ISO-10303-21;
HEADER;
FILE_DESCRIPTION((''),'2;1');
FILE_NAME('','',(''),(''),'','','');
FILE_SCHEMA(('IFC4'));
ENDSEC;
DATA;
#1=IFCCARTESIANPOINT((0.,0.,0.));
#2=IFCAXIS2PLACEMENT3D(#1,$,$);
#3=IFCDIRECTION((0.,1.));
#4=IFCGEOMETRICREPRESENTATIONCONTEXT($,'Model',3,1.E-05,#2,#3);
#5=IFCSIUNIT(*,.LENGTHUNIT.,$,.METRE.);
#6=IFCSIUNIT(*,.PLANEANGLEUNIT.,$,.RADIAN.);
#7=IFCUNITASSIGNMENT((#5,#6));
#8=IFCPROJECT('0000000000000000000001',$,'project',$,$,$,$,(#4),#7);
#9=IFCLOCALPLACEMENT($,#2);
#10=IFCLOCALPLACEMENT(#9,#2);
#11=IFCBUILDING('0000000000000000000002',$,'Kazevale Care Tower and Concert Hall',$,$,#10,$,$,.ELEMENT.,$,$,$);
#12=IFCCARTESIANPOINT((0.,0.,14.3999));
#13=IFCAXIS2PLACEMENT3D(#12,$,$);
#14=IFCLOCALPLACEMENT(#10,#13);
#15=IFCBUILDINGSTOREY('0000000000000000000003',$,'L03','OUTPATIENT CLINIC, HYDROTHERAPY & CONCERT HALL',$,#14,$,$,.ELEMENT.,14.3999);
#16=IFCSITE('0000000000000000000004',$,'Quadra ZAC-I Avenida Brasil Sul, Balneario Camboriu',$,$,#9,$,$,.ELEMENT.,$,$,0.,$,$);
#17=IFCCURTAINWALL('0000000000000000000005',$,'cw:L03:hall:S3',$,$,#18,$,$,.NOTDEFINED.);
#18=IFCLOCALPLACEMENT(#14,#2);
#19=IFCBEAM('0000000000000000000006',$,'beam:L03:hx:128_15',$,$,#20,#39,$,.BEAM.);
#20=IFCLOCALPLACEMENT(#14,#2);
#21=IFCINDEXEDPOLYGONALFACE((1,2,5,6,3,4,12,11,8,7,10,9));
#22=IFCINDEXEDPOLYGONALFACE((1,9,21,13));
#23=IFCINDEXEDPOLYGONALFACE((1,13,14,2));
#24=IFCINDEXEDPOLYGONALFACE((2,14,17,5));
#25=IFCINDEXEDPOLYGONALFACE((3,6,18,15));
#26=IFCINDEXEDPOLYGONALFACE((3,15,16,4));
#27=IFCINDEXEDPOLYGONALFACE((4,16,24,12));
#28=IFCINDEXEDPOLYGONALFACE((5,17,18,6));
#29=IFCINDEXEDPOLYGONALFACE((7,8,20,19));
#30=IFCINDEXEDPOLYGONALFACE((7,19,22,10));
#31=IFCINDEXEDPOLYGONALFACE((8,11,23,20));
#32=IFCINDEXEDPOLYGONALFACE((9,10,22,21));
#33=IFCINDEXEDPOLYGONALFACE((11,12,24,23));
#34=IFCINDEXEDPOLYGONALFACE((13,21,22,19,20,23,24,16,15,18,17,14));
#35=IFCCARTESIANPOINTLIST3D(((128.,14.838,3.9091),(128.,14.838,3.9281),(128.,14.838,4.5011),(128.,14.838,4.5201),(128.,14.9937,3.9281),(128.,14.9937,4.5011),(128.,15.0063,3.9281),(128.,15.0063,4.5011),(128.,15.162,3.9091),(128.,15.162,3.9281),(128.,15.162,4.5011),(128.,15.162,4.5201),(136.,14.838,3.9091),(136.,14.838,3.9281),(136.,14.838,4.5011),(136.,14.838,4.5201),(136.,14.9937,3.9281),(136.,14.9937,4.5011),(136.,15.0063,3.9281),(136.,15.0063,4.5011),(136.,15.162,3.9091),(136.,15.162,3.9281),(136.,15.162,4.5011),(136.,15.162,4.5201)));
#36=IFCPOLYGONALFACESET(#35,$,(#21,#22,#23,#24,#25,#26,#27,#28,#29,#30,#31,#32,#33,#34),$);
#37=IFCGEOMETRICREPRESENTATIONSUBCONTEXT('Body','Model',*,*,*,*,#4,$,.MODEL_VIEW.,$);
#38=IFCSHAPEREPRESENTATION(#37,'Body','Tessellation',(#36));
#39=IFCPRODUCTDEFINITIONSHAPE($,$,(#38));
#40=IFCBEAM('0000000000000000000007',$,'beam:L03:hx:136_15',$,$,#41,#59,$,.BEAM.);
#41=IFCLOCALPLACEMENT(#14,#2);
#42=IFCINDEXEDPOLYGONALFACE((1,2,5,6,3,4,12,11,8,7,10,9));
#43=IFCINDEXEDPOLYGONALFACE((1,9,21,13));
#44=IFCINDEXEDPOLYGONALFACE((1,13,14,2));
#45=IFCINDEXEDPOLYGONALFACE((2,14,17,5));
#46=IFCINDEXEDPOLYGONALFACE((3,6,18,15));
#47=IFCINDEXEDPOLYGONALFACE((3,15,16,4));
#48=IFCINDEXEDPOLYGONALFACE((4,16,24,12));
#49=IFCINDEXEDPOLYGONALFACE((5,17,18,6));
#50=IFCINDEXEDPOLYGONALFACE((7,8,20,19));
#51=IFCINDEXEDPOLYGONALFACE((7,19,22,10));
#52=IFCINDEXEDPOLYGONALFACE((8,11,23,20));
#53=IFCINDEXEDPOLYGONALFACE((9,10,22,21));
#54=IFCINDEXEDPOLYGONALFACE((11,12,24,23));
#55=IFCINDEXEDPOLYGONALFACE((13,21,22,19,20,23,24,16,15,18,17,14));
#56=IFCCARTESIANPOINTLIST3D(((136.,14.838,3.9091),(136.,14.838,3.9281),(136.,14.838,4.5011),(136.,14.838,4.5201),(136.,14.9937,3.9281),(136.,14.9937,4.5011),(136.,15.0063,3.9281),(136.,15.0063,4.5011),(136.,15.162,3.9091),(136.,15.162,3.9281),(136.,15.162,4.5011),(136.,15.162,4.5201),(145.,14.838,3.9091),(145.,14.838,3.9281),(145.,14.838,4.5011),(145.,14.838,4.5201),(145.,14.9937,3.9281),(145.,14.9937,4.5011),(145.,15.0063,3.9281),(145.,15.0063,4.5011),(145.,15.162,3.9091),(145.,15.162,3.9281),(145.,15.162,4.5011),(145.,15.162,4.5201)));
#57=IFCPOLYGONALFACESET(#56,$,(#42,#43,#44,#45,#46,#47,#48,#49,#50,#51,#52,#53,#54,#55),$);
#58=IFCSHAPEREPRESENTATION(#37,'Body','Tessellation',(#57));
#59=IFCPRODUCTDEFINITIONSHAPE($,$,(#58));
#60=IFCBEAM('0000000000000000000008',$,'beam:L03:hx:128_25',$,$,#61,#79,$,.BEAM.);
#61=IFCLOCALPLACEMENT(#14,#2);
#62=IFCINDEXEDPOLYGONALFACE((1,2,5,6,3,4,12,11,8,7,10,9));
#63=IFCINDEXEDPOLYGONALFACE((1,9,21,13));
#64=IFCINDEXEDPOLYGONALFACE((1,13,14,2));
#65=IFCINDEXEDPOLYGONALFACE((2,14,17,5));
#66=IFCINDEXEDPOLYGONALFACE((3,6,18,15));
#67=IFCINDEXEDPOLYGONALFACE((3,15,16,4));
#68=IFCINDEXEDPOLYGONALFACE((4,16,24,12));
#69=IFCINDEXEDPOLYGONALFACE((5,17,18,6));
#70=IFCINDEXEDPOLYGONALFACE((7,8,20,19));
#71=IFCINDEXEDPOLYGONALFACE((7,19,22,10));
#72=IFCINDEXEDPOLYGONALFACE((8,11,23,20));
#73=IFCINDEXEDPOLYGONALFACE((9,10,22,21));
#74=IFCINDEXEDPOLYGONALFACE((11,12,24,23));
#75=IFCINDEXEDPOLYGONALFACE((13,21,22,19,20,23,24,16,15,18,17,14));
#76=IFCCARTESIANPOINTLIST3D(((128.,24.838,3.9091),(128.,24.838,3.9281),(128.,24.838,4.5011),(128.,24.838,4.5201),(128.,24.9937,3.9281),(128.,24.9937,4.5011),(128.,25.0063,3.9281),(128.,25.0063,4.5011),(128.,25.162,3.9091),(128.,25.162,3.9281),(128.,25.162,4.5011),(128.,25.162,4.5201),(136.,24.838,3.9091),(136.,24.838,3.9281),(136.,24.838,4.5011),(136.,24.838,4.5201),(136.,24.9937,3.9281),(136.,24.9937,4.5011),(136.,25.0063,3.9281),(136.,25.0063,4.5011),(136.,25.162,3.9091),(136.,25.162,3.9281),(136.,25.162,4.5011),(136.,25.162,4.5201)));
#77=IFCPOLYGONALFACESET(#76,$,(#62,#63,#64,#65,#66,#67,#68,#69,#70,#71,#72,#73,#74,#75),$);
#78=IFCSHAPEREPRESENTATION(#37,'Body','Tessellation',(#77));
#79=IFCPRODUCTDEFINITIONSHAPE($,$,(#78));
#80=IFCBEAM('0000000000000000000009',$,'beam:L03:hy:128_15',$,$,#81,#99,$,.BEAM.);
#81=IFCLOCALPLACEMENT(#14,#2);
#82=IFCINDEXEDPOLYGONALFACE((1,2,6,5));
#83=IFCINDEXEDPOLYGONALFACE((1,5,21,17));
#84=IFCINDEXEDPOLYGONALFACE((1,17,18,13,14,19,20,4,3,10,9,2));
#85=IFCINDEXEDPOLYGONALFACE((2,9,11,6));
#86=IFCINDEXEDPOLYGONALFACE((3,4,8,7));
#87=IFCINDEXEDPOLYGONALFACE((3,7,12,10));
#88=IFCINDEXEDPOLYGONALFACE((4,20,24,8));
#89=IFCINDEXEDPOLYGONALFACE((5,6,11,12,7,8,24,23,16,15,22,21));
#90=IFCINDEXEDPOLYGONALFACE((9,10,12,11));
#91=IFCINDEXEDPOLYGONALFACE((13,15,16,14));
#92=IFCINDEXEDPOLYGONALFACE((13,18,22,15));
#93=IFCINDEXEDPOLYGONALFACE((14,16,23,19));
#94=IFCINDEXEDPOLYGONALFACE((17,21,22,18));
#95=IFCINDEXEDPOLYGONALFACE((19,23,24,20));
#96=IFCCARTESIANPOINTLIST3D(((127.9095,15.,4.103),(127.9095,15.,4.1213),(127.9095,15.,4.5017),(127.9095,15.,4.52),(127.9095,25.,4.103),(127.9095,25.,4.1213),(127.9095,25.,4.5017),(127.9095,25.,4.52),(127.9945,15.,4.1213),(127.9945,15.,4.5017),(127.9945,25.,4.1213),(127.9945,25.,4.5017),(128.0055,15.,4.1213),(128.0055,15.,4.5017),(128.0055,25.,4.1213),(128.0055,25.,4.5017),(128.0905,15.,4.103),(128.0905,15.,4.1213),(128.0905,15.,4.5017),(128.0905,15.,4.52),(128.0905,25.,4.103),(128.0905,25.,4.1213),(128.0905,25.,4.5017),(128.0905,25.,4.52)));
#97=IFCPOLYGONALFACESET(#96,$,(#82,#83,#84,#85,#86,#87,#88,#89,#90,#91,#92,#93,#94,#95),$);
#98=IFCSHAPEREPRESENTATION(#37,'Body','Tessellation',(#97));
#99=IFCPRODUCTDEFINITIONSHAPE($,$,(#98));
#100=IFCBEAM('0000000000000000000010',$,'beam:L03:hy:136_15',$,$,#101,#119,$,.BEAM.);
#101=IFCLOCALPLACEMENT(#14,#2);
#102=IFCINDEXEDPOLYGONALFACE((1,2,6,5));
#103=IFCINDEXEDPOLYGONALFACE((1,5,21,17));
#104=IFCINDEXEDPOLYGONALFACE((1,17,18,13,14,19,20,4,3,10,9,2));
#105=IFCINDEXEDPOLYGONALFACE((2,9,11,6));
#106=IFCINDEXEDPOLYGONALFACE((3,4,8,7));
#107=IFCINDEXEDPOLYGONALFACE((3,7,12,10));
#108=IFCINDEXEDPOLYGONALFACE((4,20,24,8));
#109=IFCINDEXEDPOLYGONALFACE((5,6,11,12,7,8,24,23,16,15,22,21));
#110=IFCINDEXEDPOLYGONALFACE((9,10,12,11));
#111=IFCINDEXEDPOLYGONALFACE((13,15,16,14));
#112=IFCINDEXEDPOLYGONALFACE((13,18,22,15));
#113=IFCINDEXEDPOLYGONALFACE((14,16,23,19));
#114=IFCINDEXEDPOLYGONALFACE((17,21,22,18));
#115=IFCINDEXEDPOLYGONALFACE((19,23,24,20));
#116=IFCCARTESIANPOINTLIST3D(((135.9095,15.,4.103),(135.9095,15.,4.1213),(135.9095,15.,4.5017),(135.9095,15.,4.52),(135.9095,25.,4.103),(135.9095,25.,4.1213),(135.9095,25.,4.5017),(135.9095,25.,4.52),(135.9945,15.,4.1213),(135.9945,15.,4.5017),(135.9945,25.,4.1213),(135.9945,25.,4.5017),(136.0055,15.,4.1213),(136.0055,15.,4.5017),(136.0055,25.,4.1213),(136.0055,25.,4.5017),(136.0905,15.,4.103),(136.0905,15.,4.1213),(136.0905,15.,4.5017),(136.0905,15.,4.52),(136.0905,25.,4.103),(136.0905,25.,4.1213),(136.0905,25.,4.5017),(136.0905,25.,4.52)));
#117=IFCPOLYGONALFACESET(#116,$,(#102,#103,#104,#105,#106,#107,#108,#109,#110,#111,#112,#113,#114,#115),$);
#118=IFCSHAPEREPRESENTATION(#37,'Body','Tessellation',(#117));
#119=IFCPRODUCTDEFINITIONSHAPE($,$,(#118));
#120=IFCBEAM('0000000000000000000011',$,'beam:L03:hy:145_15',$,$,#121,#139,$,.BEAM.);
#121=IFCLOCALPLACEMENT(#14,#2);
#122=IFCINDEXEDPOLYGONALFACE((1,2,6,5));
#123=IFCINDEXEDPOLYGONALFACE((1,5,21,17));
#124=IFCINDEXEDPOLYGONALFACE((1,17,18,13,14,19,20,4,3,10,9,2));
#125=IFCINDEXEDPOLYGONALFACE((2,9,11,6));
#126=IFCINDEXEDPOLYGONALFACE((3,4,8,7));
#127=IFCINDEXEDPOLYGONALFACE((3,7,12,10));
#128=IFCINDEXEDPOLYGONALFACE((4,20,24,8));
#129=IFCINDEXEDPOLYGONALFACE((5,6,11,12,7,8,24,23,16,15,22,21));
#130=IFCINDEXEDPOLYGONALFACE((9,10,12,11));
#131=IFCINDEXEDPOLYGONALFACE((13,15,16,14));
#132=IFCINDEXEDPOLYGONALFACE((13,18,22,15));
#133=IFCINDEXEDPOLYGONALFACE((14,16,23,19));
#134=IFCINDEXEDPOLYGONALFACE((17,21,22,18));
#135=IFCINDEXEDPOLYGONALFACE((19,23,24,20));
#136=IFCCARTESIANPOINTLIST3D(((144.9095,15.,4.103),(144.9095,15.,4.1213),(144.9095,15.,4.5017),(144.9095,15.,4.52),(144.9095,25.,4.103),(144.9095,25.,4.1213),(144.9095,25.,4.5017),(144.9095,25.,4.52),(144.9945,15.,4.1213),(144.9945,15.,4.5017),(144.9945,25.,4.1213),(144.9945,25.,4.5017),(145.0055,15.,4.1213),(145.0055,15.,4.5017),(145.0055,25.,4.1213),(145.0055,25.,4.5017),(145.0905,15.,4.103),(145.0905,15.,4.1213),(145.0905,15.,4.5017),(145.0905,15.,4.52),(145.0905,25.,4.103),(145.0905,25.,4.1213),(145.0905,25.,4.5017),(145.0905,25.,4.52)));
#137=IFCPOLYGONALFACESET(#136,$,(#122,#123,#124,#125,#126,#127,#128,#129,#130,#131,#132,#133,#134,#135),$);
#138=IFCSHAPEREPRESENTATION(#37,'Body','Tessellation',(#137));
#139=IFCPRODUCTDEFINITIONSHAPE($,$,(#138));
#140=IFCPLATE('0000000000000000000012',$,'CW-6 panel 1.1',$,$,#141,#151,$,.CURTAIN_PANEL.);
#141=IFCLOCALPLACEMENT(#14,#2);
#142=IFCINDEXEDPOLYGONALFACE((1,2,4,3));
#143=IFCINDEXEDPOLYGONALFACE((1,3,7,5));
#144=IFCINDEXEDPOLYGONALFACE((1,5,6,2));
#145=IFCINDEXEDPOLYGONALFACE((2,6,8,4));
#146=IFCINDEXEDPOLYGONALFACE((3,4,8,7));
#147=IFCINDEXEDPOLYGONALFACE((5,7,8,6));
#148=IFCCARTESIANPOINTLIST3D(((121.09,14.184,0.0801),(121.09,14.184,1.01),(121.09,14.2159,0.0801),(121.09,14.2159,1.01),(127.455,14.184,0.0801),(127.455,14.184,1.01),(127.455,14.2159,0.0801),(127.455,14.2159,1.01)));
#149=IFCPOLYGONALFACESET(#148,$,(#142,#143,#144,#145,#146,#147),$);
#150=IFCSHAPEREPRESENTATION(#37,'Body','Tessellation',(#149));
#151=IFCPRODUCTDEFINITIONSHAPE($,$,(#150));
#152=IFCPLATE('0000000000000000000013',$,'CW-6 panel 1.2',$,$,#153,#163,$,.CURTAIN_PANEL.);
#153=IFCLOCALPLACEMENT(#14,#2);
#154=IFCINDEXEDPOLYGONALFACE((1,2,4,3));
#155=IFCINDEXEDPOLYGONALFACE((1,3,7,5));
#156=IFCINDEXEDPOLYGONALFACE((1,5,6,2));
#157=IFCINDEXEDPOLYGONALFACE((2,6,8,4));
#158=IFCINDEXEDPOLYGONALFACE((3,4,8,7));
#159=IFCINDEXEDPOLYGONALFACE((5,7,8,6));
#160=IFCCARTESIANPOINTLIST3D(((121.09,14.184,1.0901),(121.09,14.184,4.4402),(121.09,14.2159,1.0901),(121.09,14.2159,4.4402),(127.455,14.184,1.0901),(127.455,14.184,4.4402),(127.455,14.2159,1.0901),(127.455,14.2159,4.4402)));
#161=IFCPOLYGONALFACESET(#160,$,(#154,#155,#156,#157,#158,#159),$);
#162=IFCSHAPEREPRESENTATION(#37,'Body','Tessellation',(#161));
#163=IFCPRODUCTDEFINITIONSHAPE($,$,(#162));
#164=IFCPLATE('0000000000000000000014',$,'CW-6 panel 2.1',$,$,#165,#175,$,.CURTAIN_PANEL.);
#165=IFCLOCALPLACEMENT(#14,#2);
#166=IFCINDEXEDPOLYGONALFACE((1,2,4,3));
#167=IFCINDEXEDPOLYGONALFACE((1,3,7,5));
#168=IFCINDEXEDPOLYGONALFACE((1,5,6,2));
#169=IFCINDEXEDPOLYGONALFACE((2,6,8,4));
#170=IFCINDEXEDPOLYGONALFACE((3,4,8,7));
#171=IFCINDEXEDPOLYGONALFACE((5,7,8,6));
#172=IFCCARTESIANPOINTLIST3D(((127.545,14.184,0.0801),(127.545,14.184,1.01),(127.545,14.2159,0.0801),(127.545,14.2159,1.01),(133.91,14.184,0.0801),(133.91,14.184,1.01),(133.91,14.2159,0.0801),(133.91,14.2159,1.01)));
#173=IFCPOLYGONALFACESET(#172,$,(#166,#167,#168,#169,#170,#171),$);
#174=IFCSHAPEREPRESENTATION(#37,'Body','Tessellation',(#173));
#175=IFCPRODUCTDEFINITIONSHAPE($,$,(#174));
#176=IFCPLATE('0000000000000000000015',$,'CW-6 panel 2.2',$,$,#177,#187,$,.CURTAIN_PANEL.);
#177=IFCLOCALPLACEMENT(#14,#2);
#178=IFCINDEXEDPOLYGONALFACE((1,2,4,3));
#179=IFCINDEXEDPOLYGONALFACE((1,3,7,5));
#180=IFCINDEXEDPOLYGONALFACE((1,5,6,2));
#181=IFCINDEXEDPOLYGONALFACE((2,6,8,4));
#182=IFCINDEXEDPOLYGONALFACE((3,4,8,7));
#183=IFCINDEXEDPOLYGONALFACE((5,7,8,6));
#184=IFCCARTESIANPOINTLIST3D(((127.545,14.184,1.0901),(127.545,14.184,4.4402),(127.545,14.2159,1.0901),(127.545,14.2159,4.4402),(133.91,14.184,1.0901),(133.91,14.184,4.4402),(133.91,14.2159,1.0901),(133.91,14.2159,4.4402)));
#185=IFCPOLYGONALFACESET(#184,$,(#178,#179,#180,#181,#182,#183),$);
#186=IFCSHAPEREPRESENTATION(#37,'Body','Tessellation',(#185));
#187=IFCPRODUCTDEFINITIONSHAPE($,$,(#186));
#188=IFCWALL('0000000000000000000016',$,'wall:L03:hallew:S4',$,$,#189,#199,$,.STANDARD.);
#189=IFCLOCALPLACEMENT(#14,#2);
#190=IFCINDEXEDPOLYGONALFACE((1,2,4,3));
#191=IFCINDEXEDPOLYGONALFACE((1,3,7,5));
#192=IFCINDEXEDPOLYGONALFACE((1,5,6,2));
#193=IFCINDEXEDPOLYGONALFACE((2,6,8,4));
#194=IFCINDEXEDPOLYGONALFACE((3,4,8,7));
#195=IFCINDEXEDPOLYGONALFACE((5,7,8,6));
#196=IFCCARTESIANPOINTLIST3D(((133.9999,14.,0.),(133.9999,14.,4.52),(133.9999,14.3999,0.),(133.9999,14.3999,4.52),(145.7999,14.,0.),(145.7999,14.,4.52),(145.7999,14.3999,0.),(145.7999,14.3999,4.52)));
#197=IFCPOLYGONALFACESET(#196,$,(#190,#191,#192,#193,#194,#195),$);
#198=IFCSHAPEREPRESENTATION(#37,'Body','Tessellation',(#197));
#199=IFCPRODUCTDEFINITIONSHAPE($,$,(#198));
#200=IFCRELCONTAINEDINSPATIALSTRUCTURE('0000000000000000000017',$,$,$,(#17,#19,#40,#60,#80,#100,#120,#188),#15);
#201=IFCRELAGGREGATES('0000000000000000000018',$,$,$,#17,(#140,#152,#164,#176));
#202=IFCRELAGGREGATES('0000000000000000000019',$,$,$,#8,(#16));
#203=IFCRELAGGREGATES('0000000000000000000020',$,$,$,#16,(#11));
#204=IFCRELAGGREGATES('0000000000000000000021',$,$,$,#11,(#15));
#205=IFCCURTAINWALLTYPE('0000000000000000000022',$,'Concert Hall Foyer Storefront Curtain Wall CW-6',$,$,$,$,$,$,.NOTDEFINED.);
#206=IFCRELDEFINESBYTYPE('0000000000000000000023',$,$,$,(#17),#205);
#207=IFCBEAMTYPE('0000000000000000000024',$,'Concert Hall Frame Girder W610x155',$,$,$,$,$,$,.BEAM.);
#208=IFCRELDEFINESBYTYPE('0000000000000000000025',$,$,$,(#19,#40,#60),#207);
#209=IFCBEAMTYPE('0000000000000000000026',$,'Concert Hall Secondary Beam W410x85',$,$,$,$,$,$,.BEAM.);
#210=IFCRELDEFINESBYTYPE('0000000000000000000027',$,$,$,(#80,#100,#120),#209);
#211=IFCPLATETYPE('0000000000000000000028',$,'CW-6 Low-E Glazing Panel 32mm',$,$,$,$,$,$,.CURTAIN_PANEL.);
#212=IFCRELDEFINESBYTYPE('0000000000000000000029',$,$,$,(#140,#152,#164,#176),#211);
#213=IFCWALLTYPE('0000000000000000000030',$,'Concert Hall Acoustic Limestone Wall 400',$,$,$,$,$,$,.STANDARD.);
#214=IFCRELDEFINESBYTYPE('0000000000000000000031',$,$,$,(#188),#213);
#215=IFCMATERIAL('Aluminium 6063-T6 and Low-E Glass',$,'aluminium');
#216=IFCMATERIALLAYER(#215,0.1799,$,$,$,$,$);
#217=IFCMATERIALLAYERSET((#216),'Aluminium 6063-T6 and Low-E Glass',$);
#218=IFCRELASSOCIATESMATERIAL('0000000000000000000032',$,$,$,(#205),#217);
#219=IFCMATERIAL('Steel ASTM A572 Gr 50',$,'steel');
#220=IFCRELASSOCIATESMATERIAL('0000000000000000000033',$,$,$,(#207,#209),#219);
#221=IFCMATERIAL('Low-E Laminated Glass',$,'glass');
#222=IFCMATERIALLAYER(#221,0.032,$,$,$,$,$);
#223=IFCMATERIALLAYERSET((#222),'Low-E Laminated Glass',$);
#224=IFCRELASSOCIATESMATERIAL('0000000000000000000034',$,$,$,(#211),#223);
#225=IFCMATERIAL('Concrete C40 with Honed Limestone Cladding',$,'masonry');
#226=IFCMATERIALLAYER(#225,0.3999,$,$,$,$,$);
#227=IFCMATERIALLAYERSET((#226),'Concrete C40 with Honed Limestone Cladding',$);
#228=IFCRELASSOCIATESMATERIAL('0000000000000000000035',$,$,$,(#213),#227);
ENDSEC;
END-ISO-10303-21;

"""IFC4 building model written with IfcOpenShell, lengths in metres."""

from ifc_helpers import new_model, si_unit, direction, frame, frame_2d, origin, origin_2d, place, context, subcontext, project, spatial, rectangle, i_section, extrude, material, layer, layer_set, material_profile, profile_set, type_object, element, aggregate, save


model = new_model("IFC4")

# Units and contexts
model_context = context("Model", 3, precision=1e-05, world=origin(), true_north=direction((0.0, 1.0)))
body_context = subcontext(model_context, "Body", "Model", "MODEL_VIEW")
ifc_project = project(units=[si_unit("LENGTHUNIT", "METRE"), si_unit("PLANEANGLEUNIT", "RADIAN")], contexts=[model_context])

# Site, building, storey
site_placement = place(None, origin())
site = spatial("IfcSite", under=ifc_project, at=site_placement, Name="Quadra ZAC-I Avenida Brasil Sul, Balneario Camboriu", CompositionType="ELEMENT", RefElevation=0.0)
building_placement = place(site_placement, origin())
building = spatial("IfcBuilding", under=site, at=building_placement, Name="Kazevale Care Tower and Concert Hall", CompositionType="ELEMENT")
storey_placement = place(building_placement, frame((0.0, 0.0, 14.3999)))
storey = spatial("IfcBuildingStorey", under=building, at=storey_placement, Name="L03", Description="OUTPATIENT CLINIC, HYDROTHERAPY & CONCERT HALL", CompositionType="ELEMENT", Elevation=14.3999)

# Curtain wall
ifc_material_1 = material(Name="Aluminium 6063-T6 and Low-E Glass", Category="aluminium")
ifc_layer_1 = layer(ifc_material_1, 0.1799)
ifc_layer_set_1 = layer_set([ifc_layer_1], Name="Aluminium 6063-T6 and Low-E Glass")
curtain_wall_type = type_object("IfcCurtainWallType", Name="Concert Hall Foyer Storefront Curtain Wall CW-6", PredefinedType="NOTDEFINED", material=ifc_layer_set_1)
curtain_wall_placement = place(storey_placement, origin())
curtain_wall = element("IfcCurtainWall", 1, at=curtain_wall_placement, inside=storey, type_object=curtain_wall_type, Name="cw:L03:hall:S3", PredefinedType="NOTDEFINED")

# Beams
ifc_material_2 = material(Name="Steel ASTM A572 Gr 50", Category="steel")
ifc_material_profile_1 = material_profile(ifc_material_2, i_section(OverallWidth=0.324, OverallDepth=0.6111, WebThickness=0.0127, FlangeThickness=0.019, at=origin_2d()), Name="W610x155")
ifc_profile_set_1 = profile_set([ifc_material_profile_1], Name="Steel ASTM A572 Gr 50")
beam_type_1 = type_object("IfcBeamType", Name="Concert Hall Frame Girder W610x155", PredefinedType="BEAM", material=ifc_profile_set_1)
beam_1_placement = place(storey_placement, frame((128.0, 15.0, 4.2146), z_axis=(1.0, 0.0, 0.0), x_axis=(0.0, 1.0, 0.0)))
element("IfcBeam", 2, at=beam_1_placement, inside=storey, type_object=beam_type_1, Name="beam:L03:hx:128_15", PredefinedType="BEAM", context=body_context, shape_type="SweptSolid", body=[
    extrude(i_section(OverallWidth=0.324, OverallDepth=0.6111, WebThickness=0.0127, FlangeThickness=0.019, at=origin_2d()), origin(), (0.0, 0.0, 1.0), 8.0),
])
beam_2_placement = place(storey_placement, frame((136.0, 15.0, 4.2146), z_axis=(1.0, 0.0, 0.0), x_axis=(0.0, 1.0, 0.0)))
element("IfcBeam", 3, at=beam_2_placement, inside=storey, type_object=beam_type_1, Name="beam:L03:hx:136_15", PredefinedType="BEAM", context=body_context, shape_type="SweptSolid", body=[
    extrude(i_section(OverallWidth=0.324, OverallDepth=0.6111, WebThickness=0.0127, FlangeThickness=0.019, at=origin_2d()), origin(), (0.0, 0.0, 1.0), 9.0),
])
beam_3_placement = place(storey_placement, frame((128.0, 25.0, 4.2146), z_axis=(1.0, 0.0, 0.0), x_axis=(0.0, 1.0, 0.0)))
element("IfcBeam", 4, at=beam_3_placement, inside=storey, type_object=beam_type_1, Name="beam:L03:hx:128_25", PredefinedType="BEAM", context=body_context, shape_type="SweptSolid", body=[
    extrude(i_section(OverallWidth=0.324, OverallDepth=0.6111, WebThickness=0.0127, FlangeThickness=0.019, at=origin_2d()), origin(), (0.0, 0.0, 1.0), 8.0),
])
ifc_material_profile_2 = material_profile(ifc_material_2, i_section(OverallWidth=0.1809, OverallDepth=0.417, WebThickness=0.011, FlangeThickness=0.0183, at=origin_2d()), Name="W410x85")
ifc_profile_set_2 = profile_set([ifc_material_profile_2], Name="Steel ASTM A572 Gr 50")
beam_type_2 = type_object("IfcBeamType", Name="Concert Hall Secondary Beam W410x85", PredefinedType="BEAM", material=ifc_profile_set_2)
for number, where, z_axis, x_axis, name in (
    (5, (128.0, 15.0, 4.3115), (0.0, 1.0, 0.0), (-1.0, 0.0, 0.0), "beam:L03:hy:128_15"),
    (6, (136.0, 15.0, 4.3115), (0.0, 1.0, 0.0), (-1.0, 0.0, 0.0), "beam:L03:hy:136_15"),
    (7, (145.0, 15.0, 4.3115), (0.0, 1.0, 0.0), (-1.0, 0.0, 0.0), "beam:L03:hy:145_15"),
):
    element("IfcBeam", number, at=place(storey_placement, frame(where, z_axis=z_axis, x_axis=x_axis)), inside=storey, type_object=beam_type_2, Name=name, PredefinedType="BEAM", context=body_context, shape_type="SweptSolid", body=[
        extrude(i_section(OverallWidth=0.1809, OverallDepth=0.417, WebThickness=0.011, FlangeThickness=0.0183, at=origin_2d()), origin(), (0.0, 0.0, 1.0), 10.0),
    ])

# Plates
ifc_material_3 = material(Name="Low-E Laminated Glass", Category="glass")
ifc_layer_2 = layer(ifc_material_3, 0.032)
ifc_layer_set_2 = layer_set([ifc_layer_2], Name="Low-E Laminated Glass")
plate_type = type_object("IfcPlateType", Name="CW-6 Low-E Glazing Panel 32mm", PredefinedType="CURTAIN_PANEL", material=ifc_layer_set_2)
plate_1_placement = place(storey_placement, frame((124.2725, 14.2, 0.0801), z_axis=(0.0, 0.0, 1.0), x_axis=(1.0, 0.0, 0.0)))
plate_1 = element("IfcPlate", 8, at=plate_1_placement, type_object=plate_type, Name="CW-6 panel 1.1", PredefinedType="CURTAIN_PANEL", context=body_context, shape_type="SweptSolid", body=[
    extrude(rectangle(XDim=6.365, YDim=0.032, at=origin_2d()), origin(), (0.0, 0.0, 1.0), 0.9299),
])
plate_2_placement = place(storey_placement, frame((124.2725, 14.2, 1.0901), z_axis=(0.0, 0.0, 1.0), x_axis=(1.0, 0.0, 0.0)))
plate_2 = element("IfcPlate", 9, at=plate_2_placement, type_object=plate_type, Name="CW-6 panel 1.2", PredefinedType="CURTAIN_PANEL", context=body_context, shape_type="SweptSolid", body=[
    extrude(rectangle(XDim=6.365, YDim=0.032, at=origin_2d()), origin(), (0.0, 0.0, 1.0), 3.3501),
])
plate_3_placement = place(storey_placement, frame((130.7275, 14.2, 0.0801), z_axis=(0.0, 0.0, 1.0), x_axis=(1.0, 0.0, 0.0)))
plate_3 = element("IfcPlate", 10, at=plate_3_placement, type_object=plate_type, Name="CW-6 panel 2.1", PredefinedType="CURTAIN_PANEL", context=body_context, shape_type="SweptSolid", body=[
    extrude(rectangle(XDim=6.365, YDim=0.032, at=origin_2d()), origin(), (0.0, 0.0, 1.0), 0.9299),
])
plate_4_placement = place(storey_placement, frame((130.7275, 14.2, 1.0901), z_axis=(0.0, 0.0, 1.0), x_axis=(1.0, 0.0, 0.0)))
plate_4 = element("IfcPlate", 11, at=plate_4_placement, type_object=plate_type, Name="CW-6 panel 2.2", PredefinedType="CURTAIN_PANEL", context=body_context, shape_type="SweptSolid", body=[
    extrude(rectangle(XDim=6.365, YDim=0.032, at=origin_2d()), origin(), (0.0, 0.0, 1.0), 3.3501),
])
aggregate(curtain_wall, [plate_1, plate_2, plate_3, plate_4])

# Wall
ifc_material_4 = material(Name="Concrete C40 with Honed Limestone Cladding", Category="masonry")
ifc_layer_3 = layer(ifc_material_4, 0.3999)
ifc_layer_set_3 = layer_set([ifc_layer_3], Name="Concrete C40 with Honed Limestone Cladding")
wall_type_1 = type_object("IfcWallType", Name="Concert Hall Acoustic Limestone Wall 400", PredefinedType="STANDARD", material=ifc_layer_set_3)
wall_1_placement = place(storey_placement, frame((134.0, 14.2, 0.0), z_axis=(0.0, 0.0, 1.0), x_axis=(1.0, 0.0, 0.0)))
element("IfcWall", 12, at=wall_1_placement, inside=storey, type_object=wall_type_1, Name="wall:L03:hallew:S4", PredefinedType="STANDARD", context=body_context, shape_type="SweptSolid", body=[
    extrude(rectangle(XDim=11.8, YDim=0.3999, at=frame_2d((5.8999, 0.0))), origin(), (0.0, 0.0, 1.0), 4.52),
])

save(model, "model.ifc")
